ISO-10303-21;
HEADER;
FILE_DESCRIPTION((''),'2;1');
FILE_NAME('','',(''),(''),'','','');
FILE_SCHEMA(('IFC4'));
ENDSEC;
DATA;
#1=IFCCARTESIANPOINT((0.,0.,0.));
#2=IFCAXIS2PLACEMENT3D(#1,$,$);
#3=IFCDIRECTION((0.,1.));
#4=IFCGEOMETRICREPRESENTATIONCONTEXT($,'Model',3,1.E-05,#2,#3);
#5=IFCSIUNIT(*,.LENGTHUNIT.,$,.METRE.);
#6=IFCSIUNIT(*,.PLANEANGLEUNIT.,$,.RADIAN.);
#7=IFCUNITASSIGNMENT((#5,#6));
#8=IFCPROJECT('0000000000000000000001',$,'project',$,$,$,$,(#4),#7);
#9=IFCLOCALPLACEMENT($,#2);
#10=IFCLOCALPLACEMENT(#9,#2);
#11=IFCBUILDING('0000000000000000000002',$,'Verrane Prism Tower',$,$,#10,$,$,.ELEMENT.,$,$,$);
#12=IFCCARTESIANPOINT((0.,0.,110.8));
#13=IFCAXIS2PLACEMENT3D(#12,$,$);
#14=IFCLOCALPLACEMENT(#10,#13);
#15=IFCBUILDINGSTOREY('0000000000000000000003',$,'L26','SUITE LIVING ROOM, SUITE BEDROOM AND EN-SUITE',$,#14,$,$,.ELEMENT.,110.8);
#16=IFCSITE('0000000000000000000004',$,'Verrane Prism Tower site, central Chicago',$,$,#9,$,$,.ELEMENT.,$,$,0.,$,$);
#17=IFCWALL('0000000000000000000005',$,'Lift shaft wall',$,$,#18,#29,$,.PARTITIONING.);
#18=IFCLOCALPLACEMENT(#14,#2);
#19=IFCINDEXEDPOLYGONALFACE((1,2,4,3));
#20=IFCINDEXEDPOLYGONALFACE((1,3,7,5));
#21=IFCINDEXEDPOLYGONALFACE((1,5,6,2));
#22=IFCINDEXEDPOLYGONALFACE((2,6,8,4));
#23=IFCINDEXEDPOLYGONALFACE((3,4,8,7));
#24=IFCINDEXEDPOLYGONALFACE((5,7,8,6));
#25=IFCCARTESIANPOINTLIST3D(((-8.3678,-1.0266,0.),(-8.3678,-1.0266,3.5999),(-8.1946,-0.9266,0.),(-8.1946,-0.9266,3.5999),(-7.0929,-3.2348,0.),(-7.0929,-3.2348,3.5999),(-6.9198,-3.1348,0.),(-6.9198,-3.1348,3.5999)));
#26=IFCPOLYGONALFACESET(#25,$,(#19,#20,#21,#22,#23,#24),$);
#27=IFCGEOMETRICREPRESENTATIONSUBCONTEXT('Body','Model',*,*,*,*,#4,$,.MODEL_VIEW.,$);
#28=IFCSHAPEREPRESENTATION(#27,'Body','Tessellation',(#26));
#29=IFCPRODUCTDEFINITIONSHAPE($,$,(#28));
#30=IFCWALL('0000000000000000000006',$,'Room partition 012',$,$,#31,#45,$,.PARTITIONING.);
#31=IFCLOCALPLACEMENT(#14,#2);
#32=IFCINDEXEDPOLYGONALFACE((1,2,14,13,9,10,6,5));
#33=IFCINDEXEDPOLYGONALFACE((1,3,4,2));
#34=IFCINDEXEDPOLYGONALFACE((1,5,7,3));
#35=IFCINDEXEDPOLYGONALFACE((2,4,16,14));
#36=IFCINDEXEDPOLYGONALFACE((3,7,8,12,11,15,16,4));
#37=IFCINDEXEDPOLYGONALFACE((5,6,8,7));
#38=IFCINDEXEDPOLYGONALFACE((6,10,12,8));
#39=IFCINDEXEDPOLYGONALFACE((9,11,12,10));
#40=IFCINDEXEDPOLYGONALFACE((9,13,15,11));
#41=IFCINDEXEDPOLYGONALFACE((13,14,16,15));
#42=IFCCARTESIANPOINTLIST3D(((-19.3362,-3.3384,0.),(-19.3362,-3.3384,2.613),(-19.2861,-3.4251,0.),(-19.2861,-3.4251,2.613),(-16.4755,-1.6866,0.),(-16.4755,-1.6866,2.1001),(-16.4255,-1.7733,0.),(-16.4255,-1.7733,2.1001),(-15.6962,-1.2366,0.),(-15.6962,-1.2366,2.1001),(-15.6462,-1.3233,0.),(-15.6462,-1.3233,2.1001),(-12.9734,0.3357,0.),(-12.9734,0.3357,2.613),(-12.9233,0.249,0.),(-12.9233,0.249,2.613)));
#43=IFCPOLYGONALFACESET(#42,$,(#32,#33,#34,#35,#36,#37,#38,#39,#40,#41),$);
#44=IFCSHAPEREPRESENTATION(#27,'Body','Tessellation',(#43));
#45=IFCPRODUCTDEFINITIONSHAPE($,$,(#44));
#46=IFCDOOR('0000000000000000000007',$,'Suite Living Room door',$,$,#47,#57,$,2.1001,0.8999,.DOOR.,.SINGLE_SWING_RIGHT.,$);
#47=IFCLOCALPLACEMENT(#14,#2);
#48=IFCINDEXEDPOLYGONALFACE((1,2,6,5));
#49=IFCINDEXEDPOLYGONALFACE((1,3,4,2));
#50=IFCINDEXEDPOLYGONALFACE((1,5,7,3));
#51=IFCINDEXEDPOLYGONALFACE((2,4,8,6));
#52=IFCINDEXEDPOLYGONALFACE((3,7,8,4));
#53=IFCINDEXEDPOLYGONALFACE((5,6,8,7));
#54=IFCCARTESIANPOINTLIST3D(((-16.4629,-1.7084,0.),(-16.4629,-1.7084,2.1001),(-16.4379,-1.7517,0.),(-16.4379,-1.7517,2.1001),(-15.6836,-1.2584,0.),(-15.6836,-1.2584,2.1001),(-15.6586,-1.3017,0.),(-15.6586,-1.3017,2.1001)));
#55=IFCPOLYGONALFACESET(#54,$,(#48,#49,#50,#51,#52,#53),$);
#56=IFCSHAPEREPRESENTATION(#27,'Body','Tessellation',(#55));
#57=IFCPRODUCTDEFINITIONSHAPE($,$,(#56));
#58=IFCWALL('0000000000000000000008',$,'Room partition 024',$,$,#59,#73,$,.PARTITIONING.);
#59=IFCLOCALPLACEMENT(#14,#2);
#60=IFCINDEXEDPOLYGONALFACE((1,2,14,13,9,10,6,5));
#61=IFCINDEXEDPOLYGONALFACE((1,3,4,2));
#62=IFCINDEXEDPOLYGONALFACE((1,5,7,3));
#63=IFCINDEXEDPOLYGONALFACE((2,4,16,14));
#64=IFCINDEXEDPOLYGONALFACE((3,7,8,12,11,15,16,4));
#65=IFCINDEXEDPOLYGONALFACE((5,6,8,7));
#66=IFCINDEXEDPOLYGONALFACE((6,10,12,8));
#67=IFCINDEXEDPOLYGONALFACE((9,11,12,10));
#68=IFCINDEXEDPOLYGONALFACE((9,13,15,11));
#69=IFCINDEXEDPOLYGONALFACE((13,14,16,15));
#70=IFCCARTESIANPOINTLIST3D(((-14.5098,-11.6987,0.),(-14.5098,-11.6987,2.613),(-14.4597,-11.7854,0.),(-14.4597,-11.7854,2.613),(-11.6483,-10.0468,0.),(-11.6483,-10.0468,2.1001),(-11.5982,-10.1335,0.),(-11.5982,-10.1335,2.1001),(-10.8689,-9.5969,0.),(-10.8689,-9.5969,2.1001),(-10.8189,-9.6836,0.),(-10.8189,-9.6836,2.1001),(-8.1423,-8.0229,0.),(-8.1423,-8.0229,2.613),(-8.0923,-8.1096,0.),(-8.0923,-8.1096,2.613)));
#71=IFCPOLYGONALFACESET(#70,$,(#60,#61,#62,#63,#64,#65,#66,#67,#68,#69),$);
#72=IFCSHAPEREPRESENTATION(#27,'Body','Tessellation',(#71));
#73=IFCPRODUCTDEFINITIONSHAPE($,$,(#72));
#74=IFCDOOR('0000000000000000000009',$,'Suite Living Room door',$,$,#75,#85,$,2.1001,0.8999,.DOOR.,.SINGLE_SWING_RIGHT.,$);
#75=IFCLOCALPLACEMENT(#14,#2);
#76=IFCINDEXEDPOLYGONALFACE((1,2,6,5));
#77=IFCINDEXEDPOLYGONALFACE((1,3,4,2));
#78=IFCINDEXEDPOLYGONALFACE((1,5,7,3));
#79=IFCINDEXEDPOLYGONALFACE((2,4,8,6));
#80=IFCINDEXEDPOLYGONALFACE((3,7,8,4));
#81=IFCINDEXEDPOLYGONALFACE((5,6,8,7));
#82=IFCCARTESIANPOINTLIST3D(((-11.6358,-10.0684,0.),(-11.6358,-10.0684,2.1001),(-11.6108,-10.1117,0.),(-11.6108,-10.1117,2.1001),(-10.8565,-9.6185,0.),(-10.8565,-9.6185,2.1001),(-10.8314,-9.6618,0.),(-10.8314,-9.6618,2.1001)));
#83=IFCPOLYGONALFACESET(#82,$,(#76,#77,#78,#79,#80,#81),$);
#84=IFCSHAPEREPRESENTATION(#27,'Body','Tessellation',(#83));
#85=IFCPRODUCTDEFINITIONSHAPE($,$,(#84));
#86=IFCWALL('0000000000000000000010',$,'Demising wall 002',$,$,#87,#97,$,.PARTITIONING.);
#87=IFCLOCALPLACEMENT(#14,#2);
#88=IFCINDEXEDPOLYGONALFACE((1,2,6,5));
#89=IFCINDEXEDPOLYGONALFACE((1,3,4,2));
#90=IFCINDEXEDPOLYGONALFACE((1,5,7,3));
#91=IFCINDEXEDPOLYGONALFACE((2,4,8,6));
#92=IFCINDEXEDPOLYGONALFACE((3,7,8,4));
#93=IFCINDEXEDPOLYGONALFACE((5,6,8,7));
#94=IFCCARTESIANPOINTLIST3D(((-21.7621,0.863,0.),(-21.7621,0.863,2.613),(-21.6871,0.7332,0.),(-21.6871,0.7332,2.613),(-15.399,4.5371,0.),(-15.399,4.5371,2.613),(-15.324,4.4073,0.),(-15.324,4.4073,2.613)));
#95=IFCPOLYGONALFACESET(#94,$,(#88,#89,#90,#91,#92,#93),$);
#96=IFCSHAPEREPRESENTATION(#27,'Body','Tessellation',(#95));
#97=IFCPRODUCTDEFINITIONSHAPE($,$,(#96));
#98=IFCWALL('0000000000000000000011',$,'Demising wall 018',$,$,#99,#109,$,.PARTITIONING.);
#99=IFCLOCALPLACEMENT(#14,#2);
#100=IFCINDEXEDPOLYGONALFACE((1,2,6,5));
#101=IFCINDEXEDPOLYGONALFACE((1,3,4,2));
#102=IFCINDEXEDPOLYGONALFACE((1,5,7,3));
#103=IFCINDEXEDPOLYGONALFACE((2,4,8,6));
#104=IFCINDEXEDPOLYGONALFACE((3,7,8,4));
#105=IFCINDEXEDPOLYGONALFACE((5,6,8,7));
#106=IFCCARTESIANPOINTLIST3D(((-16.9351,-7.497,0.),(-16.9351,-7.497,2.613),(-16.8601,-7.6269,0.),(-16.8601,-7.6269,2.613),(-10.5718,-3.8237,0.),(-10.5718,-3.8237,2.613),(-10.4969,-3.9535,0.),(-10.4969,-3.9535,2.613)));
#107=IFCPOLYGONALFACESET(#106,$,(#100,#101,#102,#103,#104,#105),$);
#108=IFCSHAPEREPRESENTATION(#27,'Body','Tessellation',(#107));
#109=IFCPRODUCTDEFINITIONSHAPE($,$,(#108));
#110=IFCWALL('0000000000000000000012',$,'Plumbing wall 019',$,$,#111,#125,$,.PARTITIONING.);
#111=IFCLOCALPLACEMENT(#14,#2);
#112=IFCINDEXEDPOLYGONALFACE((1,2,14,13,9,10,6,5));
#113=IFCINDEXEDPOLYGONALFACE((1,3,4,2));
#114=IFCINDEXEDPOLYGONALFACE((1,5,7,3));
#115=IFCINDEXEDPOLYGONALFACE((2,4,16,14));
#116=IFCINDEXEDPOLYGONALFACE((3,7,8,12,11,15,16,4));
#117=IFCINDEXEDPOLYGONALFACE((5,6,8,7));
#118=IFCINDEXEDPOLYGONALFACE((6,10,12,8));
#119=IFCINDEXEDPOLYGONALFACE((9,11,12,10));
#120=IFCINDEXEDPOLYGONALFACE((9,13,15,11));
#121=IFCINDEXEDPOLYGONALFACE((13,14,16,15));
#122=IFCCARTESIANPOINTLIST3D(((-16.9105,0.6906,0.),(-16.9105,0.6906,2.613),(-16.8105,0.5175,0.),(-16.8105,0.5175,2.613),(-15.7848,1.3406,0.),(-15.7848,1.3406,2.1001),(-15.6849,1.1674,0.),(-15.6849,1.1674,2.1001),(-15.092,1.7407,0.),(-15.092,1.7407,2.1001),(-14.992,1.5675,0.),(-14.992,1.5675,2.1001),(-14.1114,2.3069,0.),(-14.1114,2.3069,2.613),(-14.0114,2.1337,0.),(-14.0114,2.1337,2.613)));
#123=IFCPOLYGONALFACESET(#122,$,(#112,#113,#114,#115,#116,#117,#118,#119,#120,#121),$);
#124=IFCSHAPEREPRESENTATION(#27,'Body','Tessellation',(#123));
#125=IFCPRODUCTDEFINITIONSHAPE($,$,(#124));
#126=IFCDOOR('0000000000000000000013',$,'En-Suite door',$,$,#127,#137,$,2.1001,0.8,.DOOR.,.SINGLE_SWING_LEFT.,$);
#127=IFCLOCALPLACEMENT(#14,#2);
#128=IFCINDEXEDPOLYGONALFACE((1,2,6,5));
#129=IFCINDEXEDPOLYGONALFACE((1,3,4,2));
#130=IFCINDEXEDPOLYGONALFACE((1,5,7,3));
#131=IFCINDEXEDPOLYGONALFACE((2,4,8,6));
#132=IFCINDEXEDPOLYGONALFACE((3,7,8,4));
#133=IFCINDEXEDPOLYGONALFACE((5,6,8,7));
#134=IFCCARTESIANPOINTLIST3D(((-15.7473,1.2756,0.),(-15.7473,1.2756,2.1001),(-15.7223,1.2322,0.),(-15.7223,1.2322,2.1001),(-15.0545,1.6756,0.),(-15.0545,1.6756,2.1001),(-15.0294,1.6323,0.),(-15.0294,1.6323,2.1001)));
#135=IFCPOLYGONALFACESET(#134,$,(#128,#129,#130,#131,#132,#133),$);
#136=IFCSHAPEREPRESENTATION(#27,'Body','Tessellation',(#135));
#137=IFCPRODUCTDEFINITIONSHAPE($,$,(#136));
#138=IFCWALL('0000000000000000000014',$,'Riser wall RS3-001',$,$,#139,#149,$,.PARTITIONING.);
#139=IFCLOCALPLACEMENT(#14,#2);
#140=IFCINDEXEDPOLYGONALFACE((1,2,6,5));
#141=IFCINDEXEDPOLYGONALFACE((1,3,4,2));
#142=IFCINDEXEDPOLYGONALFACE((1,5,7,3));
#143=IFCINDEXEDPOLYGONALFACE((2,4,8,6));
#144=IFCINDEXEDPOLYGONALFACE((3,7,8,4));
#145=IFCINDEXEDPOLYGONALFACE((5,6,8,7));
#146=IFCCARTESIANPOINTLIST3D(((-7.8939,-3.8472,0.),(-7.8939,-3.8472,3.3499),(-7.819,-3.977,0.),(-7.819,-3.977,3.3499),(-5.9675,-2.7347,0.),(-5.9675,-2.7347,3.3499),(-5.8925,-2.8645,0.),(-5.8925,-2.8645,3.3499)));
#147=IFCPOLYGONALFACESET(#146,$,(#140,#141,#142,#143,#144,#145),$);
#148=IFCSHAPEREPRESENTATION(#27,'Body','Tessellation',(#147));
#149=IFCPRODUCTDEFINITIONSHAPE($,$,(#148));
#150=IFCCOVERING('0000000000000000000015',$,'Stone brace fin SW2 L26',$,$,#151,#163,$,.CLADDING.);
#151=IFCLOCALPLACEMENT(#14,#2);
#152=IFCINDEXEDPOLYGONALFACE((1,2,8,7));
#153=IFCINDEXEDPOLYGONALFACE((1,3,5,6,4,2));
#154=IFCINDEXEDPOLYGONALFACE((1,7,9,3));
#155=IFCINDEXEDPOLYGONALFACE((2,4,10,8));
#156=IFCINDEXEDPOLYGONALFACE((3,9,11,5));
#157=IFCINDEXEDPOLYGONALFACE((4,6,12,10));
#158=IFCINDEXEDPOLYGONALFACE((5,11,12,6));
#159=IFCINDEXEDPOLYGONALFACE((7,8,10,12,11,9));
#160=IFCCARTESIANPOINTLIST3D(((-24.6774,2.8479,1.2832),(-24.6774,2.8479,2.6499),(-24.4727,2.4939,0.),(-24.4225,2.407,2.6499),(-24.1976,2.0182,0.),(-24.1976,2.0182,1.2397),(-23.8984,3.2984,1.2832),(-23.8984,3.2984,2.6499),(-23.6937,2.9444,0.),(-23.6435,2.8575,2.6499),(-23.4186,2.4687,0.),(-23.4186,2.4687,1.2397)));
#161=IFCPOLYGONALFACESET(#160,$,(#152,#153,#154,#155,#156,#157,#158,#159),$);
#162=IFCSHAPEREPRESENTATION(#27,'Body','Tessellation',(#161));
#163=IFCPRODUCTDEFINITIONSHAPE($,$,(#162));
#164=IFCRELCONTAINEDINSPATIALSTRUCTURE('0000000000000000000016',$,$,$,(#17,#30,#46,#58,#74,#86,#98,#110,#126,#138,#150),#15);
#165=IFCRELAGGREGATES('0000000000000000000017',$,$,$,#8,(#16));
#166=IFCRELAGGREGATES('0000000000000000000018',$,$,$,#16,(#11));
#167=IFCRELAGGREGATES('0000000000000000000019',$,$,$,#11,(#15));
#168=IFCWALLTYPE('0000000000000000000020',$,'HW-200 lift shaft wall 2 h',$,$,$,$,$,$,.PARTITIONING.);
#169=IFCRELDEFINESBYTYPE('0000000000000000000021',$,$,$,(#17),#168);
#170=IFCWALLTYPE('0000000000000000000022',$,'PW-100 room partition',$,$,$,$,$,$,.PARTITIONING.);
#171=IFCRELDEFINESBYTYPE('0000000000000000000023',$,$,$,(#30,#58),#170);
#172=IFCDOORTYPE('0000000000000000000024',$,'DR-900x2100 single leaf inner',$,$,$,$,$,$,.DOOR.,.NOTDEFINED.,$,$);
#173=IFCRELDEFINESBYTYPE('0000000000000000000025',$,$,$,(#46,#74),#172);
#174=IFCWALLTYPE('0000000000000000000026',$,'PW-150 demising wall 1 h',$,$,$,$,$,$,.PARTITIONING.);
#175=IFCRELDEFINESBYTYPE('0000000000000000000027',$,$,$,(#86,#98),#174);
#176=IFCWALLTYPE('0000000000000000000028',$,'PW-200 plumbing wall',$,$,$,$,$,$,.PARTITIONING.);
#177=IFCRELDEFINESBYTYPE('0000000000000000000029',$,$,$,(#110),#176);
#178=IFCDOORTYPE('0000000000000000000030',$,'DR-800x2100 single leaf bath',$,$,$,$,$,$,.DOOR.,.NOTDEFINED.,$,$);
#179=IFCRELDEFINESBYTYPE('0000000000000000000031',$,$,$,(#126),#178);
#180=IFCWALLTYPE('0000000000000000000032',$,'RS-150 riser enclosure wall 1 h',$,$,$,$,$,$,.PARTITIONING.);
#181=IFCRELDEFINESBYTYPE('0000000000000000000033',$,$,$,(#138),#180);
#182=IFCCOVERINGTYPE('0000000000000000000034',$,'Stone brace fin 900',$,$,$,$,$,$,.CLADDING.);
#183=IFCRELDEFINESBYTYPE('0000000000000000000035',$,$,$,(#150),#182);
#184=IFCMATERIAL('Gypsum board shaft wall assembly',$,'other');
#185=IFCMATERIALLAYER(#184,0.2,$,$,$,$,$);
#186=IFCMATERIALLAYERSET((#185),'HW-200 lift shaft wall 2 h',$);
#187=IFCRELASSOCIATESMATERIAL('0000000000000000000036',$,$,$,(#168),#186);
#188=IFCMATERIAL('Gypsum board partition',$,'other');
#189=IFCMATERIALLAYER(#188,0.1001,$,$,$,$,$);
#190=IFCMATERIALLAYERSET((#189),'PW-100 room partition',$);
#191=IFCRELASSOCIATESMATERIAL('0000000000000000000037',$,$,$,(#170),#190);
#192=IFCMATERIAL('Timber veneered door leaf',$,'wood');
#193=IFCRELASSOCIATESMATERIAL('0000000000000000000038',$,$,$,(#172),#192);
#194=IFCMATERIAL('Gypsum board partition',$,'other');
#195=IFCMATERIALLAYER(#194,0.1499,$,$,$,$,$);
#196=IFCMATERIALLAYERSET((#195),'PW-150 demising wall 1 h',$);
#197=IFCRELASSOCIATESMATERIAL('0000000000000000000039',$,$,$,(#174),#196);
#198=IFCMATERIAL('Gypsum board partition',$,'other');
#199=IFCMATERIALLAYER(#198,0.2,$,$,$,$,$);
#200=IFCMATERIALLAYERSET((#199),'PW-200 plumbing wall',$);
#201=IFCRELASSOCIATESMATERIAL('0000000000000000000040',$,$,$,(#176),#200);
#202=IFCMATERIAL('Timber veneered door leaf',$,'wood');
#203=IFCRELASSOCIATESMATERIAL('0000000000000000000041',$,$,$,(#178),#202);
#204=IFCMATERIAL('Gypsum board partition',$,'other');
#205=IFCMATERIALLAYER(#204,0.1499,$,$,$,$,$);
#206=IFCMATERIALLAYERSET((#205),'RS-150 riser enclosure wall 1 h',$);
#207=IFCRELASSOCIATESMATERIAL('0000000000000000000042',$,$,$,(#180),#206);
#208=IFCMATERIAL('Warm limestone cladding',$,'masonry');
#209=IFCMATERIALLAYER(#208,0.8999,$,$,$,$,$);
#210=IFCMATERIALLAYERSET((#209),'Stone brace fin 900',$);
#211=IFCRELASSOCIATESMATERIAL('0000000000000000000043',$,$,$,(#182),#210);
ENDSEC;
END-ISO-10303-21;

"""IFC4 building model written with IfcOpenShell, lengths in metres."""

from ifc_helpers import new_model, si_unit, direction, frame, frame_2d, origin, place, context, subcontext, project, spatial, polyline, rectangle, outline, extrude, material, layer, layer_set, type_object, element, fill, save


model = new_model("IFC4")

# Units and contexts
model_context = context("Model", 3, precision=1e-05, world=origin(), true_north=direction((0.0, 1.0)))
body_context = subcontext(model_context, "Body", "Model", "MODEL_VIEW")
ifc_project = project(units=[si_unit("LENGTHUNIT", "METRE"), si_unit("PLANEANGLEUNIT", "RADIAN")], contexts=[model_context])

# Site, building, storey
site_placement = place(None, origin())
site = spatial("IfcSite", under=ifc_project, at=site_placement, Name="Verrane Prism Tower site, central Chicago", CompositionType="ELEMENT", RefElevation=0.0)
building_placement = place(site_placement, origin())
building = spatial("IfcBuilding", under=site, at=building_placement, Name="Verrane Prism Tower", CompositionType="ELEMENT")
storey_placement = place(building_placement, frame((0.0, 0.0, 110.8)))
storey = spatial("IfcBuildingStorey", under=building, at=storey_placement, Name="L26", Description="SUITE LIVING ROOM, SUITE BEDROOM AND EN-SUITE", CompositionType="ELEMENT", Elevation=110.8)

# Wall
ifc_material_1 = material(Name="Gypsum board shaft wall assembly", Category="other")
ifc_layer_1 = layer(ifc_material_1, 0.2)
ifc_layer_set_1 = layer_set([ifc_layer_1], Name="HW-200 lift shaft wall 2 h")
wall_type_1 = type_object("IfcWallType", Name="HW-200 lift shaft wall 2 h", PredefinedType="PARTITIONING", material=ifc_layer_set_1)
wall_1_placement = place(storey_placement, frame((-7.0063, -3.1848, 0.0), z_axis=(0.0, 0.0, 1.0), x_axis=(-0.49999, 0.866031, 0.0)))
element("IfcWall", 1, at=wall_1_placement, inside=storey, type_object=wall_type_1, Name="Lift shaft wall", PredefinedType="PARTITIONING", context=body_context, shape_type="SweptSolid", body=[
    extrude(rectangle(XDim=2.5498, YDim=0.2, at=frame_2d((1.2749, 0.0))), origin(), (0.0, 0.0, 1.0), 3.5999),
])

# Walls, openings, doors
ifc_material_2 = material(Name="Gypsum board partition", Category="other")
ifc_layer_2 = layer(ifc_material_2, 0.1001)
ifc_layer_set_2 = layer_set([ifc_layer_2], Name="PW-100 room partition")
wall_type_2 = type_object("IfcWallType", Name="PW-100 room partition", PredefinedType="PARTITIONING", material=ifc_layer_set_2)
wall_2_placement = place(storey_placement, frame((-19.3113, -3.3818, 0.0), z_axis=(0.0, 0.0, 1.0), x_axis=(0.865995, 0.500052, 0.0)))
wall_2 = element("IfcWall", 2, at=wall_2_placement, inside=storey, type_object=wall_type_2, Name="Room partition 012", PredefinedType="PARTITIONING", context=body_context, shape_type="SweptSolid", body=[
    extrude(rectangle(XDim=7.3474, YDim=0.1001, at=frame_2d((3.6738, 0.0))), origin(), (0.0, 0.0, 1.0), 2.613),
])
opening_1_placement = place(wall_2_placement, frame((3.3035, 0.0, 0.0)))
opening_1 = element("IfcOpeningElement", 3, at=opening_1_placement, cuts=wall_2, PredefinedType="OPENING", context=body_context, shape_type="SweptSolid", body=[
    extrude(rectangle(XDim=0.8999, YDim=2.1001, at=frame_2d((0.45, 1.05))), frame((0.0, 0.0601, 0.0), z_axis=(0.0, -1.0, 0.0), x_axis=(1.0, 0.0, 0.0)), (0.0, 0.0, 1.0), 0.1201),
])
ifc_material_3 = material(Name="Timber veneered door leaf", Category="wood")
door_type_1 = type_object("IfcDoorType", Name="DR-900x2100 single leaf inner", OperationType="NOTDEFINED", PredefinedType="DOOR", material=ifc_material_3)
door_1_placement = place(opening_1_placement, origin())
door_1 = element("IfcDoor", 4, at=door_1_placement, inside=storey, type_object=door_type_1, Name="Suite Living Room door", OperationType="SINGLE_SWING_RIGHT", OverallHeight=2.1001, OverallWidth=0.8999, PredefinedType="DOOR", context=body_context, shape_type="SweptSolid", body=[
    extrude(rectangle(XDim=0.8999, YDim=2.1001, at=frame_2d((0.45, 1.05))), frame((0.0, 0.0249, 0.0), z_axis=(0.0, -1.0, 0.0), x_axis=(1.0, 0.0, 0.0)), (0.0, 0.0, 1.0), 0.05),
])
fill(opening_1, door_1)
wall_3_placement = place(storey_placement, frame((-8.1172, -8.0662, 0.0), z_axis=(0.0, 0.0, 1.0), x_axis=(-0.866052, -0.499953, 0.0)))
wall_3 = element("IfcWall", 5, at=wall_3_placement, inside=storey, type_object=wall_type_2, Name="Room partition 024", PredefinedType="PARTITIONING", context=body_context, shape_type="SweptSolid", body=[
    extrude(rectangle(XDim=7.3523, YDim=0.1001, at=frame_2d((3.6763, 0.0))), origin(), (0.0, 0.0, 1.0), 2.613),
])
opening_2_placement = place(wall_3_placement, frame((3.1484, 0.0, 0.0)))
opening_2 = element("IfcOpeningElement", 6, at=opening_2_placement, cuts=wall_3, PredefinedType="OPENING", context=body_context, shape_type="SweptSolid", body=[
    extrude(rectangle(XDim=0.8999, YDim=2.1001, at=frame_2d((0.45, 1.05))), frame((0.0, 0.0601, 0.0), z_axis=(0.0, -1.0, 0.0), x_axis=(1.0, 0.0, 0.0)), (0.0, 0.0, 1.0), 0.1201),
])
door_2_placement = place(opening_2_placement, origin())
door_2 = element("IfcDoor", 7, at=door_2_placement, inside=storey, type_object=door_type_1, Name="Suite Living Room door", OperationType="SINGLE_SWING_RIGHT", OverallHeight=2.1001, OverallWidth=0.8999, PredefinedType="DOOR", context=body_context, shape_type="SweptSolid", body=[
    extrude(rectangle(XDim=0.8999, YDim=2.1001, at=frame_2d((0.45, 1.05))), frame((0.0, 0.0249, 0.0), z_axis=(0.0, -1.0, 0.0), x_axis=(1.0, 0.0, 0.0)), (0.0, 0.0, 1.0), 0.05),
])
fill(opening_2, door_2)

# Walls
ifc_material_4 = material(Name="Gypsum board partition", Category="other")
ifc_layer_3 = layer(ifc_material_4, 0.1499)
ifc_layer_set_3 = layer_set([ifc_layer_3], Name="PW-150 demising wall 1 h")
wall_type_3 = type_object("IfcWallType", Name="PW-150 demising wall 1 h", PredefinedType="PARTITIONING", material=ifc_layer_set_3)
wall_4_placement = place(storey_placement, frame((-21.7246, 0.7981, 0.0), z_axis=(0.0, 0.0, 1.0), x_axis=(0.866004, 0.500038, 0.0)))
element("IfcWall", 8, at=wall_4_placement, inside=storey, type_object=wall_type_3, Name="Demising wall 002", PredefinedType="PARTITIONING", context=body_context, shape_type="SweptSolid", body=[
    extrude(rectangle(XDim=7.3477, YDim=0.1499, at=frame_2d((3.6738, 0.0))), origin(), (0.0, 0.0, 1.0), 2.613),
])
wall_5_placement = place(storey_placement, frame((-16.8977, -7.562, 0.0), z_axis=(0.0, 0.0, 1.0), x_axis=(0.866055, 0.499949, 0.0)))
element("IfcWall", 9, at=wall_5_placement, inside=storey, type_object=wall_type_3, Name="Demising wall 018", PredefinedType="PARTITIONING", context=body_context, shape_type="SweptSolid", body=[
    extrude(rectangle(XDim=7.3474, YDim=0.1499, at=frame_2d((3.6738, 0.0))), origin(), (0.0, 0.0, 1.0), 2.613),
])

# Wall, opening, door
ifc_material_5 = material(Name="Gypsum board partition", Category="other")
ifc_layer_4 = layer(ifc_material_5, 0.2)
ifc_layer_set_4 = layer_set([ifc_layer_4], Name="PW-200 plumbing wall")
wall_type_4 = type_object("IfcWallType", Name="PW-200 plumbing wall", PredefinedType="PARTITIONING", material=ifc_layer_set_4)
wall_6_placement = place(storey_placement, frame((-16.8606, 0.604, 0.0), z_axis=(0.0, 0.0, 1.0), x_axis=(0.866003, 0.500038, 0.0)))
wall_6 = element("IfcWall", 10, at=wall_6_placement, inside=storey, type_object=wall_type_4, Name="Plumbing wall 019", PredefinedType="PARTITIONING", context=body_context, shape_type="SweptSolid", body=[
    extrude(rectangle(XDim=3.2322, YDim=0.2, at=frame_2d((1.6162, 0.0))), origin(), (0.0, 0.0, 1.0), 2.613),
])
opening_3_placement = place(wall_6_placement, frame((1.3, 0.0, 0.0)))
opening_3 = element("IfcOpeningElement", 11, at=opening_3_placement, cuts=wall_6, PredefinedType="OPENING", context=body_context, shape_type="SweptSolid", body=[
    extrude(rectangle(XDim=0.8, YDim=2.1001, at=frame_2d((0.3999, 1.05))), frame((0.0, 0.1099, 0.0), z_axis=(0.0, -1.0, 0.0), x_axis=(1.0, 0.0, 0.0)), (0.0, 0.0, 1.0), 0.22),
])
ifc_material_6 = material(Name="Timber veneered door leaf", Category="wood")
door_type_2 = type_object("IfcDoorType", Name="DR-800x2100 single leaf bath", OperationType="NOTDEFINED", PredefinedType="DOOR", material=ifc_material_6)
door_3_placement = place(opening_3_placement, origin())
door_3 = element("IfcDoor", 12, at=door_3_placement, inside=storey, type_object=door_type_2, Name="En-Suite door", OperationType="SINGLE_SWING_LEFT", OverallHeight=2.1001, OverallWidth=0.8, PredefinedType="DOOR", context=body_context, shape_type="SweptSolid", body=[
    extrude(rectangle(XDim=0.8, YDim=2.1001, at=frame_2d((0.3999, 1.05))), frame((0.0, 0.0249, 0.0), z_axis=(0.0, -1.0, 0.0), x_axis=(1.0, 0.0, 0.0)), (0.0, 0.0, 1.0), 0.05),
])
fill(opening_3, door_3)

# Wall
ifc_material_7 = material(Name="Gypsum board partition", Category="other")
ifc_layer_5 = layer(ifc_material_7, 0.1499)
ifc_layer_set_5 = layer_set([ifc_layer_5], Name="RS-150 riser enclosure wall 1 h")
wall_type_5 = type_object("IfcWallType", Name="RS-150 riser enclosure wall 1 h", PredefinedType="PARTITIONING", material=ifc_layer_set_5)
wall_7_placement = place(storey_placement, frame((-7.8564, -3.9121, 0.0), z_axis=(0.0, 0.0, 1.0), x_axis=(0.865972, 0.500093, 0.0)))
element("IfcWall", 13, at=wall_7_placement, inside=storey, type_object=wall_type_5, Name="Riser wall RS3-001", PredefinedType="PARTITIONING", context=body_context, shape_type="SweptSolid", body=[
    extrude(rectangle(XDim=2.2246, YDim=0.1499, at=frame_2d((1.1123, 0.0))), origin(), (0.0, 0.0, 1.0), 3.3499),
])

# Covering
ifc_material_8 = material(Name="Warm limestone cladding", Category="masonry")
ifc_layer_6 = layer(ifc_material_8, 0.8999)
ifc_layer_set_6 = layer_set([ifc_layer_6], Name="Stone brace fin 900")
covering_type = type_object("IfcCoveringType", Name="Stone brace fin 900", PredefinedType="CLADDING", material=ifc_layer_set_6)
covering_placement = place(storey_placement, frame((-23.8081, 2.2434, 0.0), z_axis=(0.0, 0.0, 1.0), x_axis=(-0.500604, 0.865676, 0.0)))
element("IfcCovering", 14, at=covering_placement, inside=storey, type_object=covering_type, Name="Stone brace fin SW2 L26", PredefinedType="CLADDING", context=body_context, shape_type="SweptSolid", body=[
    extrude(outline(polyline([(0.9585, 2.6499), (0.4492, 2.6499), (0.0, 1.2397), (0.0, 0.0), (0.5496, 0.0), (0.9585, 1.2832), (0.9585, 2.6499)])), frame((0.0, 0.45, 0.0), z_axis=(0.0, -1.0, 0.0), x_axis=(1.0, 0.0, 0.0)), (0.0, 0.0, 1.0), 0.8999),
])

save(model, "model.ifc")
